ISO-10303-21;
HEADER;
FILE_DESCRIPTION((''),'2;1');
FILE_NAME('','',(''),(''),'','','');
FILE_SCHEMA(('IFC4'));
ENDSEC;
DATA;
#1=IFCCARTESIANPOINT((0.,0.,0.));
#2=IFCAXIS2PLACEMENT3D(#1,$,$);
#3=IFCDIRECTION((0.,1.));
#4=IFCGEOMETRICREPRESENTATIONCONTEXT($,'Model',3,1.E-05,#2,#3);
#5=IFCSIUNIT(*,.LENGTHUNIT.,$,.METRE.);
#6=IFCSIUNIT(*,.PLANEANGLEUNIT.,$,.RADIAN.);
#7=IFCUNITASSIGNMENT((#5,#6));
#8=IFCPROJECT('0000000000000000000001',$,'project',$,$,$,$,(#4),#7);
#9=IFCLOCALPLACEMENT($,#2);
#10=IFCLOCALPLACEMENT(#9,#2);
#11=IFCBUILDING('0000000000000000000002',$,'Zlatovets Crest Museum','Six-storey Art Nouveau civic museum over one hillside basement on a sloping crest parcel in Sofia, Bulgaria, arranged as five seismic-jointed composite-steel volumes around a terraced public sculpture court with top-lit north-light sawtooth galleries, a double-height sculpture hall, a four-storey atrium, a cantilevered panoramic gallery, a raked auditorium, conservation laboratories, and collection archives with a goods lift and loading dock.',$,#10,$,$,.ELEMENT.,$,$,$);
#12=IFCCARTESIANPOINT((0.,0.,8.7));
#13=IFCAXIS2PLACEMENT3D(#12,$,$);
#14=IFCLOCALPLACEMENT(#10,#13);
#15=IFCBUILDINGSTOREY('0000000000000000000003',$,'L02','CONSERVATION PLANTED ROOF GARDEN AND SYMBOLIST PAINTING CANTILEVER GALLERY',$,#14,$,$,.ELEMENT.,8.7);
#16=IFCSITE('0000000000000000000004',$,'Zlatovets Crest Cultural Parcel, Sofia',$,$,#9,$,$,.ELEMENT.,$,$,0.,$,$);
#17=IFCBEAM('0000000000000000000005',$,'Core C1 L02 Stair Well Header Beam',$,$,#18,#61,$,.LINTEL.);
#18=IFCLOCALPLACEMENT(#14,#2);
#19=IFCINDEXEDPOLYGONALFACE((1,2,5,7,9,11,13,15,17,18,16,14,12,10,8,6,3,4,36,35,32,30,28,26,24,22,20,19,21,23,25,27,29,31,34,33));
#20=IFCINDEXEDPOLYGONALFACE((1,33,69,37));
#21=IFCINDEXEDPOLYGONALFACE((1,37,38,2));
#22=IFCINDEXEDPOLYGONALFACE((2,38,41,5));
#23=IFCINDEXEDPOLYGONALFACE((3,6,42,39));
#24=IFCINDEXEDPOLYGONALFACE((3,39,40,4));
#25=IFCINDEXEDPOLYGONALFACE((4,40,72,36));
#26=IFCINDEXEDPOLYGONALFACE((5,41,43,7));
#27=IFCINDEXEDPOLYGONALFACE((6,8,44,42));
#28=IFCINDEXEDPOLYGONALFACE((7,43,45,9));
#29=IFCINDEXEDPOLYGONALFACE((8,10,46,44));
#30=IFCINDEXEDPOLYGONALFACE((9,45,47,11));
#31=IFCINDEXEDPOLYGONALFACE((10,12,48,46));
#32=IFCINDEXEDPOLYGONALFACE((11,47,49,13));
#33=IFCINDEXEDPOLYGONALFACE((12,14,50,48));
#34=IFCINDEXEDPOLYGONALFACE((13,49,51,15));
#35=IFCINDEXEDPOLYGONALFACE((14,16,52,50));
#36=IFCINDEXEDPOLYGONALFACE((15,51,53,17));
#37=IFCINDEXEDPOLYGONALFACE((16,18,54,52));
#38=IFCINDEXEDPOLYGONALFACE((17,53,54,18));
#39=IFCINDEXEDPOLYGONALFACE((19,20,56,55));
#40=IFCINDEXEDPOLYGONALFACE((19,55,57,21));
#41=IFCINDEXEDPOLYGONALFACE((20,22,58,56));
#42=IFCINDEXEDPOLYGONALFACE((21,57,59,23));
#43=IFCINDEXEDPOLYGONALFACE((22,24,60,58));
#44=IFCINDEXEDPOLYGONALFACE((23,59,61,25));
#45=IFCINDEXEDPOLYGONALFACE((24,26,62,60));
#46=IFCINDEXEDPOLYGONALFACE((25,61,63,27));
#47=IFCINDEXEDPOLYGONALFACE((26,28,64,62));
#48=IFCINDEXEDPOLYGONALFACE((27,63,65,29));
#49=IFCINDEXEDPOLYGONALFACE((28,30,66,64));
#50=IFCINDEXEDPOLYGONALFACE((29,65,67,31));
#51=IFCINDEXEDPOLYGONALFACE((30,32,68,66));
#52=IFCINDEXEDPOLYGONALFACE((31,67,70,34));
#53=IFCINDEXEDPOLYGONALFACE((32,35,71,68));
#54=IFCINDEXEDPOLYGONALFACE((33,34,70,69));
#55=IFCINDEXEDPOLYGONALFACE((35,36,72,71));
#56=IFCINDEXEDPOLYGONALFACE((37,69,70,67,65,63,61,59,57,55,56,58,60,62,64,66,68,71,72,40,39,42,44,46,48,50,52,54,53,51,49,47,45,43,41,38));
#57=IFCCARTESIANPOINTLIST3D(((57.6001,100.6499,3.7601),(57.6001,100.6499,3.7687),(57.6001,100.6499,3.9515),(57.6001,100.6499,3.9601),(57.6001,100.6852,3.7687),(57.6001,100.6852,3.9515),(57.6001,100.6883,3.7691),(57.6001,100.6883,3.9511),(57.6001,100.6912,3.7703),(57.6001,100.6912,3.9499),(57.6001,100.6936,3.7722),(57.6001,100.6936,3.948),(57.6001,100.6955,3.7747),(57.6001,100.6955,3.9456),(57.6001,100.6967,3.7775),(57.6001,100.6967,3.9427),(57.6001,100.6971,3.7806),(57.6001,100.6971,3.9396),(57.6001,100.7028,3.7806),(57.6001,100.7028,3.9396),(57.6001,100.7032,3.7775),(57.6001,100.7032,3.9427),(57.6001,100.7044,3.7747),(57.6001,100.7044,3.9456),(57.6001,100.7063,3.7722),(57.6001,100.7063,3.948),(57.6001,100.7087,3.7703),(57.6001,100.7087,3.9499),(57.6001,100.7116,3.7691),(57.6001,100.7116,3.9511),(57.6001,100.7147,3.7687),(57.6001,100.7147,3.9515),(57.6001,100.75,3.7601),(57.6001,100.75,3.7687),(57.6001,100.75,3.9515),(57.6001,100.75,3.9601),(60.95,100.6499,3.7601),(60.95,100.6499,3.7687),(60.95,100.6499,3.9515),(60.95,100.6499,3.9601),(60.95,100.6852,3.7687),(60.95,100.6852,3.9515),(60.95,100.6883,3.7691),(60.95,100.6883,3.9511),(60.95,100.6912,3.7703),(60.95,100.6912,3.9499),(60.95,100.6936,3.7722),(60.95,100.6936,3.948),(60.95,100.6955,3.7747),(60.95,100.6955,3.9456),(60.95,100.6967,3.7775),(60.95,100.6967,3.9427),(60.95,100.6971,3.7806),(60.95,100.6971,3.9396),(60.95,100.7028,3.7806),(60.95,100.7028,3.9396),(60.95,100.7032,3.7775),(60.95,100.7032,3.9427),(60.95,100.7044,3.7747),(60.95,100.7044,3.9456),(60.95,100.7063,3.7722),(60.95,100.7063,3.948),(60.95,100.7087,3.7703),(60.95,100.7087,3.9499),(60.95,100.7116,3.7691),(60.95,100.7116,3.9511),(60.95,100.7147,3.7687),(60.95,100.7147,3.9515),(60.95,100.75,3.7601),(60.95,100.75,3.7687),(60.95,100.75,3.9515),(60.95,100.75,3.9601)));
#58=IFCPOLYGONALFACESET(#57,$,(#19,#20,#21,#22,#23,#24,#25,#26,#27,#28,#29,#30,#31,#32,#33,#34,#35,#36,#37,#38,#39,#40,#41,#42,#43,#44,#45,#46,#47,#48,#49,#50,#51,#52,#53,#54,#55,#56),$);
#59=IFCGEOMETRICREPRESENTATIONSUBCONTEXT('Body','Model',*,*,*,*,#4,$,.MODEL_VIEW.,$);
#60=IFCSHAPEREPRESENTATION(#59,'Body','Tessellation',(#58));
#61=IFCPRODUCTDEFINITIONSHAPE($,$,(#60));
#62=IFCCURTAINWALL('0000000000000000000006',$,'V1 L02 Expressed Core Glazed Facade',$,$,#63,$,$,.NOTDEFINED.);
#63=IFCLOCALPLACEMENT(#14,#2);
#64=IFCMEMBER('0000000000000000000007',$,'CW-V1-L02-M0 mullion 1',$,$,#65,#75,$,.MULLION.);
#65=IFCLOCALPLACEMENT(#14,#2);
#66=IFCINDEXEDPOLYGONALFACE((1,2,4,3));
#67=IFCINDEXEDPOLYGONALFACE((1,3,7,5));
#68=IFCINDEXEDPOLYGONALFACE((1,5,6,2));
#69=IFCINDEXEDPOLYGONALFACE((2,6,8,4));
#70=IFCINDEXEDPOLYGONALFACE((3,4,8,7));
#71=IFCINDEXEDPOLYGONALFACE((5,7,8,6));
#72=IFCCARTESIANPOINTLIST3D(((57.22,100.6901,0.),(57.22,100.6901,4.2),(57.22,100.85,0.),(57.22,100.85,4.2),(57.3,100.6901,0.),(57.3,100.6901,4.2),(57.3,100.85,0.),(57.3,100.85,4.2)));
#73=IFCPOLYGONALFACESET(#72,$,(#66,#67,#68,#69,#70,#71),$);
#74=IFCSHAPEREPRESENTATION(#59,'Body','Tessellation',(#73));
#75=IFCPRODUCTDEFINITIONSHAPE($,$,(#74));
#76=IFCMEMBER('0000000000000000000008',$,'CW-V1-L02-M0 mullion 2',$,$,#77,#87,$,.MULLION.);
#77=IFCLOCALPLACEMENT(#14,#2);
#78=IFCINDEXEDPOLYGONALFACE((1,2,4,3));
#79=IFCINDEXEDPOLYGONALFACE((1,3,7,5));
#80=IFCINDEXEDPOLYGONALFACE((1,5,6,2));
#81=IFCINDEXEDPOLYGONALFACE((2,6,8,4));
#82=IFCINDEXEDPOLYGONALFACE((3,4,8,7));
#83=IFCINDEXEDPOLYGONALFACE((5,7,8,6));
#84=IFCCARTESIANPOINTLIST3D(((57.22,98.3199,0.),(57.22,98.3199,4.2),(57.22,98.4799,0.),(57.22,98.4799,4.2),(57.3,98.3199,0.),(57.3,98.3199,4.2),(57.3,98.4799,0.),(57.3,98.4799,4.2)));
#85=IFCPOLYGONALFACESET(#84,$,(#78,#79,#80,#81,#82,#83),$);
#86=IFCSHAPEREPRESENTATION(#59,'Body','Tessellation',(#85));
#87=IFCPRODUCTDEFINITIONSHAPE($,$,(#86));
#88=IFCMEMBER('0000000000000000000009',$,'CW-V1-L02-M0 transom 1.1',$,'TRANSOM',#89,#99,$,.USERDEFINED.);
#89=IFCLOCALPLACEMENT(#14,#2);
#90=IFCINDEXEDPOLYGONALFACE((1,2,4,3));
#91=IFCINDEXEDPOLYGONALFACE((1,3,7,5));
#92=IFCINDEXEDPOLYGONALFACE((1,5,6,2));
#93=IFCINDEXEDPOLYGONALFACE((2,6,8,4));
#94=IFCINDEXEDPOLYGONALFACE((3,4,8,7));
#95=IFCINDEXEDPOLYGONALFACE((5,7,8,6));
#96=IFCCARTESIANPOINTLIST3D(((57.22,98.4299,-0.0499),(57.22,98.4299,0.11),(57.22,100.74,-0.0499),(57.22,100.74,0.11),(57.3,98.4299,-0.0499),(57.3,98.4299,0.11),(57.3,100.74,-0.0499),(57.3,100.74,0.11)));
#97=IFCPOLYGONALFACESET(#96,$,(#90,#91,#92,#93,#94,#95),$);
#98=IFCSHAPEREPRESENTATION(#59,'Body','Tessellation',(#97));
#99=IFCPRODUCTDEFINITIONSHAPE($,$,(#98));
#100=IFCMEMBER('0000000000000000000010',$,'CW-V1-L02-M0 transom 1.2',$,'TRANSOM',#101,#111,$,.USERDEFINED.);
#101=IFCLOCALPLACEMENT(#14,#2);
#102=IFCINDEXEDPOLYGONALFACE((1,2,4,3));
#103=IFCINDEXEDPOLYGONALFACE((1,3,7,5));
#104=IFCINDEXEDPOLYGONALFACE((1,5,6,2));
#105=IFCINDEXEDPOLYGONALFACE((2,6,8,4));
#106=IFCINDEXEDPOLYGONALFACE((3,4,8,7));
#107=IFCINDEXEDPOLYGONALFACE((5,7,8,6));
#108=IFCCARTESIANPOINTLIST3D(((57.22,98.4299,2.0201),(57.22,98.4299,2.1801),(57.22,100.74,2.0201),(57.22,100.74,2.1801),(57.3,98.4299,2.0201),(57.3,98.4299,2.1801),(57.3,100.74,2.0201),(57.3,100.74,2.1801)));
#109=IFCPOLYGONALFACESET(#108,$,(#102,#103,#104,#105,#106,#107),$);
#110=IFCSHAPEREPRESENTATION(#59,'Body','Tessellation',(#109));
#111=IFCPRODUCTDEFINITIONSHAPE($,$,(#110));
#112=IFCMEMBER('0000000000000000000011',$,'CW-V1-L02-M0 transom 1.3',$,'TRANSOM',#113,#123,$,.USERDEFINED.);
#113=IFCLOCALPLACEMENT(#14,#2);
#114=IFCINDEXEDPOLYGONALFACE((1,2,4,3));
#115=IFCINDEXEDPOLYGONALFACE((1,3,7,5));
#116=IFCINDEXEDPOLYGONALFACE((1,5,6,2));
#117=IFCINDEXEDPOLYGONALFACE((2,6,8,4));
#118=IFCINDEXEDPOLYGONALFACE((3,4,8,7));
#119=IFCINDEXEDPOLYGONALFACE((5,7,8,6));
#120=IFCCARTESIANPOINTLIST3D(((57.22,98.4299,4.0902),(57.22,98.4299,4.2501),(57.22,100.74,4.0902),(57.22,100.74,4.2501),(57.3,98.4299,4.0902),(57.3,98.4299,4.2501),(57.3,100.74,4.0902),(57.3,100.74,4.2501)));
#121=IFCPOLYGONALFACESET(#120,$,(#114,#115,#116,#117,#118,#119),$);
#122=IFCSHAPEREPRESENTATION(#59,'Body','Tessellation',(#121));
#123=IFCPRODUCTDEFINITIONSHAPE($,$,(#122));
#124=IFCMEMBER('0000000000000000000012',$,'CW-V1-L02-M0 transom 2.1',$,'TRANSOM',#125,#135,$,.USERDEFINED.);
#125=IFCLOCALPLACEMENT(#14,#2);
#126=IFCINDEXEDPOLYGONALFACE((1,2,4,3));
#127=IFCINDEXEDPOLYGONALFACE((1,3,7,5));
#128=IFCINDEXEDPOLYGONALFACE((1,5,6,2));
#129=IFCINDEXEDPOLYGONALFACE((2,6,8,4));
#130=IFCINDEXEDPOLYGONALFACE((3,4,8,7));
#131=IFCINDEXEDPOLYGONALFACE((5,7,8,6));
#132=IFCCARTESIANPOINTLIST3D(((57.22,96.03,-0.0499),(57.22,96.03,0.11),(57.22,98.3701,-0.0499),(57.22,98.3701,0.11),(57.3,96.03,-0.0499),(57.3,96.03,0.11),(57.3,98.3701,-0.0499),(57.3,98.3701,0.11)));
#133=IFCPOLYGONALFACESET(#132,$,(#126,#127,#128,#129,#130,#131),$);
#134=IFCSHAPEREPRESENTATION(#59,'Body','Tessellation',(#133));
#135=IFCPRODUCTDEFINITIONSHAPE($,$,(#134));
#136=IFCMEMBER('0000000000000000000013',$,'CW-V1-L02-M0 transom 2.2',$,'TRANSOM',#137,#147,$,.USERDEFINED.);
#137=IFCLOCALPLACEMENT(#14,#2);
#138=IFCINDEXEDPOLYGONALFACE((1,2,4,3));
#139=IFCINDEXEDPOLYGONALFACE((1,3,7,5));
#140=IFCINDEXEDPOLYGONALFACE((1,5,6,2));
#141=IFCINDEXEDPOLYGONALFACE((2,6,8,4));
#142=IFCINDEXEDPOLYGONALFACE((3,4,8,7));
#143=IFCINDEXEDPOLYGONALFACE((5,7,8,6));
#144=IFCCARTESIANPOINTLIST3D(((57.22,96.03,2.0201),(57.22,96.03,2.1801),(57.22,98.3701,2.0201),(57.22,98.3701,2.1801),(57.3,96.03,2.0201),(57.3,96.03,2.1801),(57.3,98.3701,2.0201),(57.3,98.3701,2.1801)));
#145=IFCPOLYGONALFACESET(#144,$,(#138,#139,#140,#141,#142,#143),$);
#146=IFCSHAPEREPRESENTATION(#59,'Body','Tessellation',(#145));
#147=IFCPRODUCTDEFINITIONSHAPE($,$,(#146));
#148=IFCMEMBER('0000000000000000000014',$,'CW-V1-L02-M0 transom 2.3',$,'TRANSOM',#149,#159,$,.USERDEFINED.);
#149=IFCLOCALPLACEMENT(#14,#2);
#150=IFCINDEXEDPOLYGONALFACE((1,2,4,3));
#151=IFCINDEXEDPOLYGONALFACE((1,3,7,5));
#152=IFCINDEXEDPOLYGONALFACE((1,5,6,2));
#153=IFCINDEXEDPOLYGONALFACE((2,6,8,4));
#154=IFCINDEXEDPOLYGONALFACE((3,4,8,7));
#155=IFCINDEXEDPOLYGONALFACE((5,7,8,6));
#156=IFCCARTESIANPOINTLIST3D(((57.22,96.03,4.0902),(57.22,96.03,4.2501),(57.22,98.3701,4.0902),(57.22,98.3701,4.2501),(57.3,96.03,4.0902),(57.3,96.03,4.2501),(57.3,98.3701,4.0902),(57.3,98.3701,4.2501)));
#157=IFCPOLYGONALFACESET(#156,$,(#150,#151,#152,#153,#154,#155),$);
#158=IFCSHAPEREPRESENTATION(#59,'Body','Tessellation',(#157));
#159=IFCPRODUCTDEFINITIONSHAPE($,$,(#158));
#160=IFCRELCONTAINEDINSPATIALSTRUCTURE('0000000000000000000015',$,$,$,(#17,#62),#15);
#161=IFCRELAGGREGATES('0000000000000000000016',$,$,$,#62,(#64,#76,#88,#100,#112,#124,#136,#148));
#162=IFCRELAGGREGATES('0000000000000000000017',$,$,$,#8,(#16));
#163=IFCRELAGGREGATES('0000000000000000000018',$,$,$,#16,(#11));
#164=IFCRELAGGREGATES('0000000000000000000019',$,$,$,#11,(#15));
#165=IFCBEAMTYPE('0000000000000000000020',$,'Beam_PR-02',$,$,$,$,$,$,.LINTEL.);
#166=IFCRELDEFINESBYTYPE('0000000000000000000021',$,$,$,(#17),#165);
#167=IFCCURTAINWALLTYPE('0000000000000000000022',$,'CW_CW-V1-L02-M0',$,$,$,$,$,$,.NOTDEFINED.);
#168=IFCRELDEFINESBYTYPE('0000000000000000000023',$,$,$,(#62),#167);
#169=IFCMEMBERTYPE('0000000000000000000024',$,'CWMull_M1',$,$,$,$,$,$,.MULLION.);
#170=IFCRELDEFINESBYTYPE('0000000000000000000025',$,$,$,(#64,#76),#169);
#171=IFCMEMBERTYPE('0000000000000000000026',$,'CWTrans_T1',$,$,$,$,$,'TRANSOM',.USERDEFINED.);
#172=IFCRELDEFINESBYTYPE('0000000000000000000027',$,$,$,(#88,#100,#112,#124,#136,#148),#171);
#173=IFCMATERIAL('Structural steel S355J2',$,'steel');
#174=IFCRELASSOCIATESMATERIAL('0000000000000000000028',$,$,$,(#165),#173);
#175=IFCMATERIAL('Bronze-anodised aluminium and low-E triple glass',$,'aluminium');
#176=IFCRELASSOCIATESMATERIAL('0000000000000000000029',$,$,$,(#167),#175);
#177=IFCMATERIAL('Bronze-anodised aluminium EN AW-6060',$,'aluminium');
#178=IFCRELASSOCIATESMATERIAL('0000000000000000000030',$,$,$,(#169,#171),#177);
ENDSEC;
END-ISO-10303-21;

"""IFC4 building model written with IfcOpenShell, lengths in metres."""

from ifc_helpers import new_model, si_unit, direction, frame, origin, origin_2d, place, context, subcontext, project, spatial, rectangle, i_section, extrude, material, material_profile, profile_set, type_object, element, aggregate, save


model = new_model("IFC4")

# Units and contexts
model_context = context("Model", 3, precision=1e-05, world=origin(), true_north=direction((0.0, 1.0)))
body_context = subcontext(model_context, "Body", "Model", "MODEL_VIEW")
ifc_project = project(units=[si_unit("LENGTHUNIT", "METRE"), si_unit("PLANEANGLEUNIT", "RADIAN")], contexts=[model_context])

# Site, building, storey
site_placement = place(None, origin())
site = spatial("IfcSite", under=ifc_project, at=site_placement, Name="Zlatovets Crest Cultural Parcel, Sofia", CompositionType="ELEMENT", RefElevation=0.0)
building_placement = place(site_placement, origin())
building = spatial("IfcBuilding", under=site, at=building_placement, Name="Zlatovets Crest Museum", Description="Six-storey Art Nouveau civic museum over one hillside basement on a sloping crest parcel in Sofia, Bulgaria, arranged as five seismic-jointed composite-steel volumes around a terraced public sculpture court with top-lit north-light sawtooth galleries, a double-height sculpture hall, a four-storey atrium, a cantilevered panoramic gallery, a raked auditorium, conservation laboratories, and collection archives with a goods lift and loading dock.", CompositionType="ELEMENT")
storey_placement = place(building_placement, frame((0.0, 0.0, 8.7)))
storey = spatial("IfcBuildingStorey", under=building, at=storey_placement, Name="L02", Description="CONSERVATION PLANTED ROOF GARDEN AND SYMBOLIST PAINTING CANTILEVER GALLERY", CompositionType="ELEMENT", Elevation=8.7)

# Beam
ifc_material_1 = material(Name="Structural steel S355J2", Category="steel")
ifc_material_profile_1 = material_profile(ifc_material_1, i_section(OverallWidth=0.1001, OverallDepth=0.2, WebThickness=0.0056, FlangeThickness=0.0085, FilletRadius=0.012, at=origin_2d()), Name="IPE 200")
ifc_profile_set_1 = profile_set([ifc_material_profile_1], Name="Structural steel S355J2")
beam_type = type_object("IfcBeamType", Name="Beam_PR-02", PredefinedType="LINTEL", material=ifc_profile_set_1)
beam_placement = place(storey_placement, frame((57.6001, 100.7, 3.8601), z_axis=(1.0, 0.0, 0.0), x_axis=(0.0, 1.0, 0.0)))
element("IfcBeam", 1, at=beam_placement, inside=storey, type_object=beam_type, Name="Core C1 L02 Stair Well Header Beam", PredefinedType="LINTEL", context=body_context, shape_type="SweptSolid", body=[
    extrude(i_section(OverallWidth=0.1001, OverallDepth=0.2, WebThickness=0.0056, FlangeThickness=0.0085, FilletRadius=0.012, at=origin_2d()), origin(), (0.0, 0.0, 1.0), 3.3499),
])

# Curtain wall, members
ifc_material_2 = material(Name="Bronze-anodised aluminium and low-E triple glass", Category="aluminium")
curtain_wall_type = type_object("IfcCurtainWallType", Name="CW_CW-V1-L02-M0", PredefinedType="NOTDEFINED", material=ifc_material_2)
curtain_wall_placement = place(storey_placement, origin())
curtain_wall = element("IfcCurtainWall", 2, at=curtain_wall_placement, inside=storey, type_object=curtain_wall_type, Name="V1 L02 Expressed Core Glazed Facade", PredefinedType="NOTDEFINED")
ifc_material_3 = material(Name="Bronze-anodised aluminium EN AW-6060", Category="aluminium")
ifc_material_profile_2 = material_profile(ifc_material_3, rectangle(XDim=0.0801, YDim=0.1599, at=origin_2d()), Name="ALU 80x160")
ifc_profile_set_2 = profile_set([ifc_material_profile_2], Name="Bronze-anodised aluminium EN AW-6060")
member_type_1 = type_object("IfcMemberType", Name="CWMull_M1", PredefinedType="MULLION", material=ifc_profile_set_2)
member_1_placement = place(storey_placement, frame((57.26, 100.77, 0.0), z_axis=(0.0, 0.0, 1.0), x_axis=(1.0, 0.0, 0.0)))
member_1 = element("IfcMember", 3, at=member_1_placement, type_object=member_type_1, Name="CW-V1-L02-M0 mullion 1", PredefinedType="MULLION", context=body_context, shape_type="SweptSolid", body=[
    extrude(rectangle(XDim=0.0801, YDim=0.1599, at=origin_2d()), origin(), (0.0, 0.0, 1.0), 4.2),
])
member_2_placement = place(storey_placement, frame((57.26, 98.3999, 0.0), z_axis=(0.0, 0.0, 1.0), x_axis=(1.0, 0.0, 0.0)))
member_2 = element("IfcMember", 4, at=member_2_placement, type_object=member_type_1, Name="CW-V1-L02-M0 mullion 2", PredefinedType="MULLION", context=body_context, shape_type="SweptSolid", body=[
    extrude(rectangle(XDim=0.0801, YDim=0.1599, at=origin_2d()), origin(), (0.0, 0.0, 1.0), 4.2),
])
ifc_material_profile_3 = material_profile(ifc_material_3, rectangle(XDim=0.0801, YDim=0.1599, at=origin_2d()), Name="ALU 80x160")
ifc_profile_set_3 = profile_set([ifc_material_profile_3], Name="Bronze-anodised aluminium EN AW-6060")
member_type_2 = type_object("IfcMemberType", Name="CWTrans_T1", ElementType="TRANSOM", PredefinedType="USERDEFINED", material=ifc_profile_set_3)
member_3_placement = place(storey_placement, frame((57.26, 100.74, 0.03), z_axis=(0.0, -1.0, 0.0), x_axis=(1.0, 0.0, 0.0)))
member_3 = element("IfcMember", 5, at=member_3_placement, type_object=member_type_2, Name="CW-V1-L02-M0 transom 1.1", ObjectType="TRANSOM", PredefinedType="USERDEFINED", context=body_context, shape_type="SweptSolid", body=[
    extrude(rectangle(XDim=0.0801, YDim=0.1599, at=origin_2d()), origin(), (0.0, 0.0, 1.0), 2.3101),
])
member_4_placement = place(storey_placement, frame((57.26, 100.74, 2.1001), z_axis=(0.0, -1.0, 0.0), x_axis=(1.0, 0.0, 0.0)))
member_4 = element("IfcMember", 6, at=member_4_placement, type_object=member_type_2, Name="CW-V1-L02-M0 transom 1.2", ObjectType="TRANSOM", PredefinedType="USERDEFINED", context=body_context, shape_type="SweptSolid", body=[
    extrude(rectangle(XDim=0.0801, YDim=0.1599, at=origin_2d()), origin(), (0.0, 0.0, 1.0), 2.3101),
])
member_5_placement = place(storey_placement, frame((57.26, 100.74, 4.1702), z_axis=(0.0, -1.0, 0.0), x_axis=(1.0, 0.0, 0.0)))
member_5 = element("IfcMember", 7, at=member_5_placement, type_object=member_type_2, Name="CW-V1-L02-M0 transom 1.3", ObjectType="TRANSOM", PredefinedType="USERDEFINED", context=body_context, shape_type="SweptSolid", body=[
    extrude(rectangle(XDim=0.0801, YDim=0.1599, at=origin_2d()), origin(), (0.0, 0.0, 1.0), 2.3101),
])
member_6_placement = place(storey_placement, frame((57.26, 98.3701, 0.03), z_axis=(0.0, -1.0, 0.0), x_axis=(1.0, 0.0, 0.0)))
member_6 = element("IfcMember", 8, at=member_6_placement, type_object=member_type_2, Name="CW-V1-L02-M0 transom 2.1", ObjectType="TRANSOM", PredefinedType="USERDEFINED", context=body_context, shape_type="SweptSolid", body=[
    extrude(rectangle(XDim=0.0801, YDim=0.1599, at=origin_2d()), origin(), (0.0, 0.0, 1.0), 2.3401),
])
member_7_placement = place(storey_placement, frame((57.26, 98.3701, 2.1001), z_axis=(0.0, -1.0, 0.0), x_axis=(1.0, 0.0, 0.0)))
member_7 = element("IfcMember", 9, at=member_7_placement, type_object=member_type_2, Name="CW-V1-L02-M0 transom 2.2", ObjectType="TRANSOM", PredefinedType="USERDEFINED", context=body_context, shape_type="SweptSolid", body=[
    extrude(rectangle(XDim=0.0801, YDim=0.1599, at=origin_2d()), origin(), (0.0, 0.0, 1.0), 2.3401),
])
member_8_placement = place(storey_placement, frame((57.26, 98.3701, 4.1702), z_axis=(0.0, -1.0, 0.0), x_axis=(1.0, 0.0, 0.0)))
member_8 = element("IfcMember", 10, at=member_8_placement, type_object=member_type_2, Name="CW-V1-L02-M0 transom 2.3", ObjectType="TRANSOM", PredefinedType="USERDEFINED", context=body_context, shape_type="SweptSolid", body=[
    extrude(rectangle(XDim=0.0801, YDim=0.1599, at=origin_2d()), origin(), (0.0, 0.0, 1.0), 2.3401),
])

aggregate(curtain_wall, [member_1, member_2, member_3, member_4, member_5, member_6, member_7, member_8])

save(model, "model.ifc")
